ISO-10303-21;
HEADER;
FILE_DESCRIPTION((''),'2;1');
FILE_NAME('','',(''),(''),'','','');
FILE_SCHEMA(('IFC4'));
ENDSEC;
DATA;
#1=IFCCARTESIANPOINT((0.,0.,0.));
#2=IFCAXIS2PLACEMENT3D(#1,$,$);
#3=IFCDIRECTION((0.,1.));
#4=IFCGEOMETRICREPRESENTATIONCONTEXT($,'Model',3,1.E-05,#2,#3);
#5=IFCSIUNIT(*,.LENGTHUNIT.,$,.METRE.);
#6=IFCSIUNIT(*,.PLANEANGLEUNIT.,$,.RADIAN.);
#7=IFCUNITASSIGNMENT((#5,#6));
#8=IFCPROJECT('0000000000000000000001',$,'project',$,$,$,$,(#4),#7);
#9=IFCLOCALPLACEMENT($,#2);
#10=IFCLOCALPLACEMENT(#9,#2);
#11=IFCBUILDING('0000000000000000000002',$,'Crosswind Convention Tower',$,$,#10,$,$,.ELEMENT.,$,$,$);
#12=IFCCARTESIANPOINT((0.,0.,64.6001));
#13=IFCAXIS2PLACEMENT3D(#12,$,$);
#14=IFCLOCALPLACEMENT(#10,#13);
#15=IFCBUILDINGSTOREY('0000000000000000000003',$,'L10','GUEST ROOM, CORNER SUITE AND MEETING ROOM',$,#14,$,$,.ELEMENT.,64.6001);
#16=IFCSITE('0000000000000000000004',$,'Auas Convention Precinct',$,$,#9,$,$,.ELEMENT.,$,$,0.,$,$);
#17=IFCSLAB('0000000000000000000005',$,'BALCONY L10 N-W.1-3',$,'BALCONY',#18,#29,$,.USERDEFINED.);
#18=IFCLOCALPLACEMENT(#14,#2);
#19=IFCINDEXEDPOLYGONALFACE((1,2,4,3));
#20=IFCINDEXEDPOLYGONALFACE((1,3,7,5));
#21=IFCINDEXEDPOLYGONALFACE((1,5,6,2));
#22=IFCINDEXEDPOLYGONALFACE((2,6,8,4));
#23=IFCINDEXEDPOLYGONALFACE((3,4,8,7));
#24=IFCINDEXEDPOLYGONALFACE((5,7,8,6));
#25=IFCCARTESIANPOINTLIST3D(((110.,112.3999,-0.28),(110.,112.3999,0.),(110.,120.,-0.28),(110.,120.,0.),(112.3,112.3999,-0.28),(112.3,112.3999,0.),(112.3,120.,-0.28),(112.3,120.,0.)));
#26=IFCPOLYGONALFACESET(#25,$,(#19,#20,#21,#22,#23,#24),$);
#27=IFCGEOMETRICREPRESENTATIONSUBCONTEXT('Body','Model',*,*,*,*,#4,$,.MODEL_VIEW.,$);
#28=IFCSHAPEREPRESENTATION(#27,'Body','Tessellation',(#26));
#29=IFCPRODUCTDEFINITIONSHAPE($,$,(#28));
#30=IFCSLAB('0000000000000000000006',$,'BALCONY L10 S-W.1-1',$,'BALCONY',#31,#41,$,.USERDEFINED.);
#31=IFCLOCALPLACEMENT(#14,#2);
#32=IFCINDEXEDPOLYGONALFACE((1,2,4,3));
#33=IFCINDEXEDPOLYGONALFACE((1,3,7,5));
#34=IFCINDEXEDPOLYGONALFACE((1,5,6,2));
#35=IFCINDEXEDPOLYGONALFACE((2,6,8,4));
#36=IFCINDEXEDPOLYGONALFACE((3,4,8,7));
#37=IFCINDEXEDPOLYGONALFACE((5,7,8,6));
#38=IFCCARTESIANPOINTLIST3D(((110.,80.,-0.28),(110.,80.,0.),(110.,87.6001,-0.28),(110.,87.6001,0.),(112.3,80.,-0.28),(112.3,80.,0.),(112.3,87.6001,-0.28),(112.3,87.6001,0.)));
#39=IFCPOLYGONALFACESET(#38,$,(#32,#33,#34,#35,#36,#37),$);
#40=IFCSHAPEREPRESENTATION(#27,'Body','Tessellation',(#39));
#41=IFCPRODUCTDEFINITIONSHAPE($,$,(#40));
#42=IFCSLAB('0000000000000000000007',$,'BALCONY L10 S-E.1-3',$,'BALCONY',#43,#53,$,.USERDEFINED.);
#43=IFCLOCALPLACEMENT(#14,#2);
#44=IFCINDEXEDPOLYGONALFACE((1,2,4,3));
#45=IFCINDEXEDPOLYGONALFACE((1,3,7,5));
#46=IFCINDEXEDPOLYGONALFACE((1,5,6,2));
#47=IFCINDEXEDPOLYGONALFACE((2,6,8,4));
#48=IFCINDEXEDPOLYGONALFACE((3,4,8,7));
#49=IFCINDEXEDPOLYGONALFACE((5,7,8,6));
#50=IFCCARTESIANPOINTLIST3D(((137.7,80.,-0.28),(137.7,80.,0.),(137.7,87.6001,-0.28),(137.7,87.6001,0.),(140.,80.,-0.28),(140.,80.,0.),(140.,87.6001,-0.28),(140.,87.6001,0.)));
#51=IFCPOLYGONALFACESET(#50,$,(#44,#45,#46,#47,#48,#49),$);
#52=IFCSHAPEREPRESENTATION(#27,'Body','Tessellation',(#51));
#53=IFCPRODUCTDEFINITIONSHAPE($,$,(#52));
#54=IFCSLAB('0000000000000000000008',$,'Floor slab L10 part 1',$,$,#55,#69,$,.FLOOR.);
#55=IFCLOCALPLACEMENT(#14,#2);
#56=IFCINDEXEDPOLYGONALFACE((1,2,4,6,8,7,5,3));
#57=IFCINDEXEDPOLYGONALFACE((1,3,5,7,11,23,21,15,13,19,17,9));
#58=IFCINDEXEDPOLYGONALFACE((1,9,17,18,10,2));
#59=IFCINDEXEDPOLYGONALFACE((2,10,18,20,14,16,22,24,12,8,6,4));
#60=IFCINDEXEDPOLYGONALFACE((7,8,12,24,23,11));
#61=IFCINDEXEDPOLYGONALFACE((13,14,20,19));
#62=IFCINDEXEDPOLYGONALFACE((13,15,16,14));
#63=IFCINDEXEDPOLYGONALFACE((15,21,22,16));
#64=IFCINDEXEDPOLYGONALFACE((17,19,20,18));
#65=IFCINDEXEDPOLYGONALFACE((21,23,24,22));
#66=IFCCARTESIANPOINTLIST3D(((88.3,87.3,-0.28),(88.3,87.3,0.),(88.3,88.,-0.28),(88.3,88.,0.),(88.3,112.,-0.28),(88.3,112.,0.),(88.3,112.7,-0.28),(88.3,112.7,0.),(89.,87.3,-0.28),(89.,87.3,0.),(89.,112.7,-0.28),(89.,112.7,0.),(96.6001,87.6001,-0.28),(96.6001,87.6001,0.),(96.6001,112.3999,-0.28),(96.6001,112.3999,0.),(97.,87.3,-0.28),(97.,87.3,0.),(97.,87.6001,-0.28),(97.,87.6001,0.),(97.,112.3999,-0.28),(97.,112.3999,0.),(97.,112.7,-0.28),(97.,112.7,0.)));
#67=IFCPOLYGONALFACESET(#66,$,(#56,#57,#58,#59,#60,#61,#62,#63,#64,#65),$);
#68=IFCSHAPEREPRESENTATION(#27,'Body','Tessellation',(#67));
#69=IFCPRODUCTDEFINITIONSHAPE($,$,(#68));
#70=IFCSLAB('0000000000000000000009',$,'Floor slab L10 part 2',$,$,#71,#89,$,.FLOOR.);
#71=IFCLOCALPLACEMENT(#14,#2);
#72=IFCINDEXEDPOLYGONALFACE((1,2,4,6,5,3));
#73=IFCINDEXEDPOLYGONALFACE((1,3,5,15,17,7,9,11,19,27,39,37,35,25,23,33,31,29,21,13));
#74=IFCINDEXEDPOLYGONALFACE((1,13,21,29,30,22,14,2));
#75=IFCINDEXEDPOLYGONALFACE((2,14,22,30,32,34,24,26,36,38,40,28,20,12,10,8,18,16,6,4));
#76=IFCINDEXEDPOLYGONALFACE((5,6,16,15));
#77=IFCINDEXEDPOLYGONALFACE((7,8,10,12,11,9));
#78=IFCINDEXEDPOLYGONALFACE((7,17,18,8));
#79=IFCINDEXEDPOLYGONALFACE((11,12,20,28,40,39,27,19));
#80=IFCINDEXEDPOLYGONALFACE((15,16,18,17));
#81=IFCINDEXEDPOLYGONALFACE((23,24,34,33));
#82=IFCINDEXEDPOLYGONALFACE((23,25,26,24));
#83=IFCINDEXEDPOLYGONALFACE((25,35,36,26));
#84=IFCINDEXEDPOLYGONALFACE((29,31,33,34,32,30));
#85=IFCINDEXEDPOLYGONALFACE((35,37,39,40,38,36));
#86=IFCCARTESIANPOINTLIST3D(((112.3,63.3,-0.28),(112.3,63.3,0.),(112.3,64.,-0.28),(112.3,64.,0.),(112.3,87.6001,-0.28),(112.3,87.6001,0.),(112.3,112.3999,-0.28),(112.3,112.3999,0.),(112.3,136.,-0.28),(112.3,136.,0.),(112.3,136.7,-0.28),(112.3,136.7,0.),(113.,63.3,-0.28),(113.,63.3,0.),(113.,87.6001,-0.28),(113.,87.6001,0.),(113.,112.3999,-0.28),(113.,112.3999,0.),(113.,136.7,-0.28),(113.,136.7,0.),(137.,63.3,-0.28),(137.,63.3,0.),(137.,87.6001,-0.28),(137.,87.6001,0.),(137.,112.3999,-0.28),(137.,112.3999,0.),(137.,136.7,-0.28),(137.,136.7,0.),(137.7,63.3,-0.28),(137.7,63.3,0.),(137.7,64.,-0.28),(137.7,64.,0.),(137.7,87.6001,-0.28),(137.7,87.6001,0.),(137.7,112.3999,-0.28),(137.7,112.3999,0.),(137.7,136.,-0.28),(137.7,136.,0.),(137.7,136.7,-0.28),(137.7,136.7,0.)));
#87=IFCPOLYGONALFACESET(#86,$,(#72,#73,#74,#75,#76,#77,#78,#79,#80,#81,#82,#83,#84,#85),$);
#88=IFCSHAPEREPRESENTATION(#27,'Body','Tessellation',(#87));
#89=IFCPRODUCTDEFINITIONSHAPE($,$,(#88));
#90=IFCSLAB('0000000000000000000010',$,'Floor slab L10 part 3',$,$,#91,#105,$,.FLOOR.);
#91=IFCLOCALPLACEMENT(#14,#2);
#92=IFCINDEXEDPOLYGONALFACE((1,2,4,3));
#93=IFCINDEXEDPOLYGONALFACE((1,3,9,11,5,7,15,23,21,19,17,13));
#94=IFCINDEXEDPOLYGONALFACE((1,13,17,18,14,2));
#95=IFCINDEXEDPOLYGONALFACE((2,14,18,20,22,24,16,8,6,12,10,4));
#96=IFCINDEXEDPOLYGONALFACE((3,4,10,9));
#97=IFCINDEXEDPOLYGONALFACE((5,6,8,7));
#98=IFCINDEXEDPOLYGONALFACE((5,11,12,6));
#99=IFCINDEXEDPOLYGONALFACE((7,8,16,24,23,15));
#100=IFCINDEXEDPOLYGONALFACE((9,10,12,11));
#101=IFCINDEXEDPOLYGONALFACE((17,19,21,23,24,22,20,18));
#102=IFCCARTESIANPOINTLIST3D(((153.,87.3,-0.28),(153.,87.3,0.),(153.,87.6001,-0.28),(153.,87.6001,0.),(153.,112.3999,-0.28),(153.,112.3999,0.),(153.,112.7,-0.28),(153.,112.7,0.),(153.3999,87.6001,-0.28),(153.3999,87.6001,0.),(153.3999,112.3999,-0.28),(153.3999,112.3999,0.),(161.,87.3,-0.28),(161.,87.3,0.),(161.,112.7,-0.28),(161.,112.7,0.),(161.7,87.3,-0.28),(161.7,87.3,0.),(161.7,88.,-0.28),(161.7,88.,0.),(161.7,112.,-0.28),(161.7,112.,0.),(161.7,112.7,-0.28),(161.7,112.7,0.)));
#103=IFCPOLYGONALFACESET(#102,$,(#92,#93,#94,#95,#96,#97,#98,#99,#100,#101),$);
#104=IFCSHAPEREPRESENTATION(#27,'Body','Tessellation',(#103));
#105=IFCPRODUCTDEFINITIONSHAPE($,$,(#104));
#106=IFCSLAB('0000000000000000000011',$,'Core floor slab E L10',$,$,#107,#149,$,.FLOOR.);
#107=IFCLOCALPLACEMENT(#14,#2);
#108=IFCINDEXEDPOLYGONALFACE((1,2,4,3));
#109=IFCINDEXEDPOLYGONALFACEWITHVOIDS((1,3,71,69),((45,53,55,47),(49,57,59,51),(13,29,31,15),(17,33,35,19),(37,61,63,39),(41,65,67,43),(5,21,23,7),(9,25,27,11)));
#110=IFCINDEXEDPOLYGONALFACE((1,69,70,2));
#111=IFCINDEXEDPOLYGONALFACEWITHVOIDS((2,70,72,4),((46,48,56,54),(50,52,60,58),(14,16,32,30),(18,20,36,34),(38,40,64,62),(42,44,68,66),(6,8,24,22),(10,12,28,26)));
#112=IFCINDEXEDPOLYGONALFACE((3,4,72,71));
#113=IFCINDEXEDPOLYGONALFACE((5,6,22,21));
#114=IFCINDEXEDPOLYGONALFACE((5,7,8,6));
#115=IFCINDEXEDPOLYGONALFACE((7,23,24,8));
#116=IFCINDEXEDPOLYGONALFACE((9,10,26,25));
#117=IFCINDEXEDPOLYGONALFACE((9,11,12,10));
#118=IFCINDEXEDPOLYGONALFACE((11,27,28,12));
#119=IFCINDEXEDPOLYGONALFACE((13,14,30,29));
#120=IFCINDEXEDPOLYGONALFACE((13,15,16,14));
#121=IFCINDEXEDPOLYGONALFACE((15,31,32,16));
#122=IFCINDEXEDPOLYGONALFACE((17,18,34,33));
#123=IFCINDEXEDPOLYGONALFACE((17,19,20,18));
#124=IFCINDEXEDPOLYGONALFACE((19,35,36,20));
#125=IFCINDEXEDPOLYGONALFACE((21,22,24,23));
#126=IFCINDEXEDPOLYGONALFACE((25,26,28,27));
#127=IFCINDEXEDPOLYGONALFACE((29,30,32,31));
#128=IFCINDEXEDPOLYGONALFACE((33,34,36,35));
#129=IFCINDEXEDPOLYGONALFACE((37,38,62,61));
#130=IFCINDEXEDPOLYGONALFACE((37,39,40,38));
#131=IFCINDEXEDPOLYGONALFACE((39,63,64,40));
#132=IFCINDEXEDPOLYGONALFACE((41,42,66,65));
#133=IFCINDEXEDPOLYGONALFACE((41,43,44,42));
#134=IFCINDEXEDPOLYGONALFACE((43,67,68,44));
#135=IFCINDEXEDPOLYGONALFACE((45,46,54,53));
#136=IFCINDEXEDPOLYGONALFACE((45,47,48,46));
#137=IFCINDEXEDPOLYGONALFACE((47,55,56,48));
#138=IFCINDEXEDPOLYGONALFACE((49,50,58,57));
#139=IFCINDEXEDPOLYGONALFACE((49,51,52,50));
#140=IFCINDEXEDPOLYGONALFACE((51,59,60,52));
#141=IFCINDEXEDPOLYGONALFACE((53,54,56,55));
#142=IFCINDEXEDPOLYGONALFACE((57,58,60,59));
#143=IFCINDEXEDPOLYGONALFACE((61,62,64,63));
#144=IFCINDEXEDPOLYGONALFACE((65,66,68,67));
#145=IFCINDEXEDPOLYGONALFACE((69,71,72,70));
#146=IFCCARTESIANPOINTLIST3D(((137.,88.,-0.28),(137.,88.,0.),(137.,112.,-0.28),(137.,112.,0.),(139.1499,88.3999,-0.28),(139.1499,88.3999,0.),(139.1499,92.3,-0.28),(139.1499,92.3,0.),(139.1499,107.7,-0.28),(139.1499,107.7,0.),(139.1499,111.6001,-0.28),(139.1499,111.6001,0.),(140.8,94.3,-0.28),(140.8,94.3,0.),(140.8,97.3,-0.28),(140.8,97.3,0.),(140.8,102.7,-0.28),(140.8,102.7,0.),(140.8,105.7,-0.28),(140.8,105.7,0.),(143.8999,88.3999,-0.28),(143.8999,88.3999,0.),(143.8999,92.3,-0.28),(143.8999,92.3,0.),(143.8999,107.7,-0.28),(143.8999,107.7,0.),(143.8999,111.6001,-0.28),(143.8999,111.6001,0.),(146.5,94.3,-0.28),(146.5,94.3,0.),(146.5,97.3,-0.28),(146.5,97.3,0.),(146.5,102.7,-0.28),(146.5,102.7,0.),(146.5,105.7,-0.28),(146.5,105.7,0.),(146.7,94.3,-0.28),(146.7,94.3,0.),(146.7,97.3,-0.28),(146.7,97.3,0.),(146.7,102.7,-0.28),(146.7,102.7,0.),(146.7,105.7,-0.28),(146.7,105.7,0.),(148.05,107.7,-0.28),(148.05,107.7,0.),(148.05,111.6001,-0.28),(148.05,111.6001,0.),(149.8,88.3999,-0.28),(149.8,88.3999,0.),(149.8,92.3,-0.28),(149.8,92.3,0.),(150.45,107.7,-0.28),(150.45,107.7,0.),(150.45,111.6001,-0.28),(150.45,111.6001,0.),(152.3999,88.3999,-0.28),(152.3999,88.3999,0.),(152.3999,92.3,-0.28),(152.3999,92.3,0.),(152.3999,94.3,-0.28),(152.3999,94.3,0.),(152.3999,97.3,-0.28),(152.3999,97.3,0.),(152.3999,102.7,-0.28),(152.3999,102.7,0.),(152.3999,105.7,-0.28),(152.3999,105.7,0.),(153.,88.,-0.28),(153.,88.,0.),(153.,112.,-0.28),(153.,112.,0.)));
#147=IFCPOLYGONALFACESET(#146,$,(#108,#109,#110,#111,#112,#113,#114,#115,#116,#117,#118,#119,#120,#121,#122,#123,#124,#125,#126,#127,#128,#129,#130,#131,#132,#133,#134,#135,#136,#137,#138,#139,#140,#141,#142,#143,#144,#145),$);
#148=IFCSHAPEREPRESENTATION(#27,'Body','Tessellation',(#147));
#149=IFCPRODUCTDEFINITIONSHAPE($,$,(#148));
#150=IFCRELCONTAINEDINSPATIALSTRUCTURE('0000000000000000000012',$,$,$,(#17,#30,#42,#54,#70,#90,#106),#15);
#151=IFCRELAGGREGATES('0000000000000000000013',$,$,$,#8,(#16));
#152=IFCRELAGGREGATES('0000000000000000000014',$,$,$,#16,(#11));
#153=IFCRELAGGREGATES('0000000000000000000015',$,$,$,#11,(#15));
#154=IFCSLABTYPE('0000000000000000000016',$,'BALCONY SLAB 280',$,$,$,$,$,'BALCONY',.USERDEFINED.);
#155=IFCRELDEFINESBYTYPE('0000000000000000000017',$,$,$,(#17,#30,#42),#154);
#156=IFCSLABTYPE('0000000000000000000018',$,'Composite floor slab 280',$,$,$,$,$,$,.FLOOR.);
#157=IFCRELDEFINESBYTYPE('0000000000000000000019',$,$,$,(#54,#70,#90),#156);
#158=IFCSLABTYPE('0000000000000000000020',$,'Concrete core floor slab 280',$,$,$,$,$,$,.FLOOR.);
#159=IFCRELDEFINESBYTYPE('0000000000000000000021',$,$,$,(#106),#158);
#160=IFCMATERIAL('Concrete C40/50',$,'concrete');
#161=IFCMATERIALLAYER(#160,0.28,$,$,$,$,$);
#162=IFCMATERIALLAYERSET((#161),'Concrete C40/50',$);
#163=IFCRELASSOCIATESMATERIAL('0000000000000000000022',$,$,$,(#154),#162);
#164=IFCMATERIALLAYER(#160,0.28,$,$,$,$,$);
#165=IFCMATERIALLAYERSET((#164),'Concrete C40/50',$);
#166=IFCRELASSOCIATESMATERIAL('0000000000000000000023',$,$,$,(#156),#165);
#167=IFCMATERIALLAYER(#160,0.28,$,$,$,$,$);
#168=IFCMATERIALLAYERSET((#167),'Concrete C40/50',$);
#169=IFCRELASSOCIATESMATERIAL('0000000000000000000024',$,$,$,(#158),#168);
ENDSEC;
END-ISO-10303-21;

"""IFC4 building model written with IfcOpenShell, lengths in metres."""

from ifc_helpers import new_model, si_unit, direction, frame, origin, place, context, subcontext, project, spatial, polyline, outline, extrude, material, layer, layer_set, type_object, element, save


model = new_model("IFC4")

# Units and contexts
model_context = context("Model", 3, precision=1e-05, world=origin(), true_north=direction((0.0, 1.0)))
body_context = subcontext(model_context, "Body", "Model", "MODEL_VIEW")
ifc_project = project(units=[si_unit("LENGTHUNIT", "METRE"), si_unit("PLANEANGLEUNIT", "RADIAN")], contexts=[model_context])

# Site, building, storey
site_placement = place(None, origin())
site = spatial("IfcSite", under=ifc_project, at=site_placement, Name="Auas Convention Precinct", CompositionType="ELEMENT", RefElevation=0.0)
building_placement = place(site_placement, origin())
building = spatial("IfcBuilding", under=site, at=building_placement, Name="Crosswind Convention Tower", CompositionType="ELEMENT")
storey_placement = place(building_placement, frame((0.0, 0.0, 64.6001)))
storey = spatial("IfcBuildingStorey", under=building, at=storey_placement, Name="L10", Description="GUEST ROOM, CORNER SUITE AND MEETING ROOM", CompositionType="ELEMENT", Elevation=64.6001)

# Slabs
ifc_material_1 = material(Name="Concrete C40/50", Category="concrete")
ifc_layer_1 = layer(ifc_material_1, 0.28)
ifc_layer_set_1 = layer_set([ifc_layer_1], Name="Concrete C40/50")
slab_type_1 = type_object("IfcSlabType", Name="BALCONY SLAB 280", ElementType="BALCONY", PredefinedType="USERDEFINED", material=ifc_layer_set_1)
slab_1_placement = place(storey_placement, frame((0.0, 0.0, -0.28)))
element("IfcSlab", 1, at=slab_1_placement, inside=storey, type_object=slab_type_1, Name="BALCONY L10 N-W.1-3", ObjectType="BALCONY", PredefinedType="USERDEFINED", context=body_context, shape_type="SweptSolid", body=[
    extrude(outline(polyline([(112.3, 120.0), (112.3, 112.3999), (110.0, 112.3999), (110.0, 120.0), (112.3, 120.0)])), origin(), (0.0, 0.0, 1.0), 0.28),
])
slab_2_placement = place(storey_placement, frame((0.0, 0.0, -0.28)))
element("IfcSlab", 2, at=slab_2_placement, inside=storey, type_object=slab_type_1, Name="BALCONY L10 S-W.1-1", ObjectType="BALCONY", PredefinedType="USERDEFINED", context=body_context, shape_type="SweptSolid", body=[
    extrude(outline(polyline([(112.3, 87.6001), (112.3, 80.0), (110.0, 80.0), (110.0, 87.6001), (112.3, 87.6001)])), origin(), (0.0, 0.0, 1.0), 0.28),
])
slab_3_placement = place(storey_placement, frame((0.0, 0.0, -0.28)))
element("IfcSlab", 3, at=slab_3_placement, inside=storey, type_object=slab_type_1, Name="BALCONY L10 S-E.1-3", ObjectType="BALCONY", PredefinedType="USERDEFINED", context=body_context, shape_type="SweptSolid", body=[
    extrude(outline(polyline([(137.7, 80.0), (137.7, 87.6001), (140.0, 87.6001), (140.0, 80.0), (137.7, 80.0)])), origin(), (0.0, 0.0, 1.0), 0.28),
])
ifc_layer_2 = layer(ifc_material_1, 0.28)
ifc_layer_set_2 = layer_set([ifc_layer_2], Name="Concrete C40/50")
slab_type_2 = type_object("IfcSlabType", Name="Composite floor slab 280", PredefinedType="FLOOR", material=ifc_layer_set_2)
slab_4_placement = place(storey_placement, frame((0.0, 0.0, -0.28)))
element("IfcSlab", 4, at=slab_4_placement, inside=storey, type_object=slab_type_2, Name="Floor slab L10 part 1", PredefinedType="FLOOR", context=body_context, shape_type="SweptSolid", body=[
    extrude(outline(polyline([(97.0, 87.3), (89.0, 87.3), (88.3, 87.3), (88.3, 88.0), (88.3, 112.0), (88.3, 112.7), (89.0, 112.7), (97.0, 112.7), (97.0, 112.3999), (96.6001, 112.3999), (96.6001, 87.6001), (97.0, 87.6001), (97.0, 87.3)])), origin(), (0.0, 0.0, 1.0), 0.28),
])
slab_5_placement = place(storey_placement, frame((0.0, 0.0, -0.28)))
element("IfcSlab", 5, at=slab_5_placement, inside=storey, type_object=slab_type_2, Name="Floor slab L10 part 2", PredefinedType="FLOOR", context=body_context, shape_type="SweptSolid", body=[
    extrude(outline(polyline([(112.3, 87.6001), (113.0, 87.6001), (113.0, 112.3999), (112.3, 112.3999), (112.3, 136.0), (112.3, 136.7), (113.0, 136.7), (137.0, 136.7), (137.7, 136.7), (137.7, 136.0), (137.7, 112.3999), (137.0, 112.3999), (137.0, 87.6001), (137.7, 87.6001), (137.7, 64.0), (137.7, 63.3), (137.0, 63.3), (113.0, 63.3), (112.3, 63.3), (112.3, 64.0), (112.3, 87.6001)])), origin(), (0.0, 0.0, 1.0), 0.28),
])
slab_6_placement = place(storey_placement, frame((0.0, 0.0, -0.28)))
element("IfcSlab", 6, at=slab_6_placement, inside=storey, type_object=slab_type_2, Name="Floor slab L10 part 3", PredefinedType="FLOOR", context=body_context, shape_type="SweptSolid", body=[
    extrude(outline(polyline([(153.0, 112.7), (161.0, 112.7), (161.7, 112.7), (161.7, 112.0), (161.7, 88.0), (161.7, 87.3), (161.0, 87.3), (153.0, 87.3), (153.0, 87.6001), (153.3999, 87.6001), (153.3999, 112.3999), (153.0, 112.3999), (153.0, 112.7)])), origin(), (0.0, 0.0, 1.0), 0.28),
])
ifc_layer_3 = layer(ifc_material_1, 0.28)
ifc_layer_set_3 = layer_set([ifc_layer_3], Name="Concrete C40/50")
slab_type_3 = type_object("IfcSlabType", Name="Concrete core floor slab 280", PredefinedType="FLOOR", material=ifc_layer_set_3)
slab_7_placement = place(storey_placement, frame((0.0, 0.0, -0.28)))
element("IfcSlab", 7, at=slab_7_placement, inside=storey, type_object=slab_type_3, Name="Core floor slab E L10", PredefinedType="FLOOR", context=body_context, shape_type="SweptSolid", body=[
    extrude(outline(polyline([(137.0, 88.0), (153.0, 88.0), (153.0, 112.0), (137.0, 112.0), (137.0, 88.0)]), holes=[polyline([(146.5, 102.7), (146.5, 105.7), (140.8, 105.7), (140.8, 102.7), (146.5, 102.7)]), polyline([(152.3999, 102.7), (152.3999, 105.7), (146.7, 105.7), (146.7, 102.7), (152.3999, 102.7)]), polyline([(146.5, 94.3), (146.5, 97.3), (140.8, 97.3), (140.8, 94.3), (146.5, 94.3)]), polyline([(152.3999, 94.3), (152.3999, 97.3), (146.7, 97.3), (146.7, 94.3), (152.3999, 94.3)]), polyline([(150.45, 107.7), (150.45, 111.6001), (148.05, 111.6001), (148.05, 107.7), (150.45, 107.7)]), polyline([(152.3999, 88.3999), (152.3999, 92.3), (149.8, 92.3), (149.8, 88.3999), (152.3999, 88.3999)]), polyline([(143.8999, 107.7), (143.8999, 111.6001), (139.1499, 111.6001), (139.1499, 107.7), (143.8999, 107.7)]), polyline([(143.8999, 88.3999), (143.8999, 92.3), (139.1499, 92.3), (139.1499, 88.3999), (143.8999, 88.3999)])]), origin(), (0.0, 0.0, 1.0), 0.28),
])

save(model, "model.ifc")
